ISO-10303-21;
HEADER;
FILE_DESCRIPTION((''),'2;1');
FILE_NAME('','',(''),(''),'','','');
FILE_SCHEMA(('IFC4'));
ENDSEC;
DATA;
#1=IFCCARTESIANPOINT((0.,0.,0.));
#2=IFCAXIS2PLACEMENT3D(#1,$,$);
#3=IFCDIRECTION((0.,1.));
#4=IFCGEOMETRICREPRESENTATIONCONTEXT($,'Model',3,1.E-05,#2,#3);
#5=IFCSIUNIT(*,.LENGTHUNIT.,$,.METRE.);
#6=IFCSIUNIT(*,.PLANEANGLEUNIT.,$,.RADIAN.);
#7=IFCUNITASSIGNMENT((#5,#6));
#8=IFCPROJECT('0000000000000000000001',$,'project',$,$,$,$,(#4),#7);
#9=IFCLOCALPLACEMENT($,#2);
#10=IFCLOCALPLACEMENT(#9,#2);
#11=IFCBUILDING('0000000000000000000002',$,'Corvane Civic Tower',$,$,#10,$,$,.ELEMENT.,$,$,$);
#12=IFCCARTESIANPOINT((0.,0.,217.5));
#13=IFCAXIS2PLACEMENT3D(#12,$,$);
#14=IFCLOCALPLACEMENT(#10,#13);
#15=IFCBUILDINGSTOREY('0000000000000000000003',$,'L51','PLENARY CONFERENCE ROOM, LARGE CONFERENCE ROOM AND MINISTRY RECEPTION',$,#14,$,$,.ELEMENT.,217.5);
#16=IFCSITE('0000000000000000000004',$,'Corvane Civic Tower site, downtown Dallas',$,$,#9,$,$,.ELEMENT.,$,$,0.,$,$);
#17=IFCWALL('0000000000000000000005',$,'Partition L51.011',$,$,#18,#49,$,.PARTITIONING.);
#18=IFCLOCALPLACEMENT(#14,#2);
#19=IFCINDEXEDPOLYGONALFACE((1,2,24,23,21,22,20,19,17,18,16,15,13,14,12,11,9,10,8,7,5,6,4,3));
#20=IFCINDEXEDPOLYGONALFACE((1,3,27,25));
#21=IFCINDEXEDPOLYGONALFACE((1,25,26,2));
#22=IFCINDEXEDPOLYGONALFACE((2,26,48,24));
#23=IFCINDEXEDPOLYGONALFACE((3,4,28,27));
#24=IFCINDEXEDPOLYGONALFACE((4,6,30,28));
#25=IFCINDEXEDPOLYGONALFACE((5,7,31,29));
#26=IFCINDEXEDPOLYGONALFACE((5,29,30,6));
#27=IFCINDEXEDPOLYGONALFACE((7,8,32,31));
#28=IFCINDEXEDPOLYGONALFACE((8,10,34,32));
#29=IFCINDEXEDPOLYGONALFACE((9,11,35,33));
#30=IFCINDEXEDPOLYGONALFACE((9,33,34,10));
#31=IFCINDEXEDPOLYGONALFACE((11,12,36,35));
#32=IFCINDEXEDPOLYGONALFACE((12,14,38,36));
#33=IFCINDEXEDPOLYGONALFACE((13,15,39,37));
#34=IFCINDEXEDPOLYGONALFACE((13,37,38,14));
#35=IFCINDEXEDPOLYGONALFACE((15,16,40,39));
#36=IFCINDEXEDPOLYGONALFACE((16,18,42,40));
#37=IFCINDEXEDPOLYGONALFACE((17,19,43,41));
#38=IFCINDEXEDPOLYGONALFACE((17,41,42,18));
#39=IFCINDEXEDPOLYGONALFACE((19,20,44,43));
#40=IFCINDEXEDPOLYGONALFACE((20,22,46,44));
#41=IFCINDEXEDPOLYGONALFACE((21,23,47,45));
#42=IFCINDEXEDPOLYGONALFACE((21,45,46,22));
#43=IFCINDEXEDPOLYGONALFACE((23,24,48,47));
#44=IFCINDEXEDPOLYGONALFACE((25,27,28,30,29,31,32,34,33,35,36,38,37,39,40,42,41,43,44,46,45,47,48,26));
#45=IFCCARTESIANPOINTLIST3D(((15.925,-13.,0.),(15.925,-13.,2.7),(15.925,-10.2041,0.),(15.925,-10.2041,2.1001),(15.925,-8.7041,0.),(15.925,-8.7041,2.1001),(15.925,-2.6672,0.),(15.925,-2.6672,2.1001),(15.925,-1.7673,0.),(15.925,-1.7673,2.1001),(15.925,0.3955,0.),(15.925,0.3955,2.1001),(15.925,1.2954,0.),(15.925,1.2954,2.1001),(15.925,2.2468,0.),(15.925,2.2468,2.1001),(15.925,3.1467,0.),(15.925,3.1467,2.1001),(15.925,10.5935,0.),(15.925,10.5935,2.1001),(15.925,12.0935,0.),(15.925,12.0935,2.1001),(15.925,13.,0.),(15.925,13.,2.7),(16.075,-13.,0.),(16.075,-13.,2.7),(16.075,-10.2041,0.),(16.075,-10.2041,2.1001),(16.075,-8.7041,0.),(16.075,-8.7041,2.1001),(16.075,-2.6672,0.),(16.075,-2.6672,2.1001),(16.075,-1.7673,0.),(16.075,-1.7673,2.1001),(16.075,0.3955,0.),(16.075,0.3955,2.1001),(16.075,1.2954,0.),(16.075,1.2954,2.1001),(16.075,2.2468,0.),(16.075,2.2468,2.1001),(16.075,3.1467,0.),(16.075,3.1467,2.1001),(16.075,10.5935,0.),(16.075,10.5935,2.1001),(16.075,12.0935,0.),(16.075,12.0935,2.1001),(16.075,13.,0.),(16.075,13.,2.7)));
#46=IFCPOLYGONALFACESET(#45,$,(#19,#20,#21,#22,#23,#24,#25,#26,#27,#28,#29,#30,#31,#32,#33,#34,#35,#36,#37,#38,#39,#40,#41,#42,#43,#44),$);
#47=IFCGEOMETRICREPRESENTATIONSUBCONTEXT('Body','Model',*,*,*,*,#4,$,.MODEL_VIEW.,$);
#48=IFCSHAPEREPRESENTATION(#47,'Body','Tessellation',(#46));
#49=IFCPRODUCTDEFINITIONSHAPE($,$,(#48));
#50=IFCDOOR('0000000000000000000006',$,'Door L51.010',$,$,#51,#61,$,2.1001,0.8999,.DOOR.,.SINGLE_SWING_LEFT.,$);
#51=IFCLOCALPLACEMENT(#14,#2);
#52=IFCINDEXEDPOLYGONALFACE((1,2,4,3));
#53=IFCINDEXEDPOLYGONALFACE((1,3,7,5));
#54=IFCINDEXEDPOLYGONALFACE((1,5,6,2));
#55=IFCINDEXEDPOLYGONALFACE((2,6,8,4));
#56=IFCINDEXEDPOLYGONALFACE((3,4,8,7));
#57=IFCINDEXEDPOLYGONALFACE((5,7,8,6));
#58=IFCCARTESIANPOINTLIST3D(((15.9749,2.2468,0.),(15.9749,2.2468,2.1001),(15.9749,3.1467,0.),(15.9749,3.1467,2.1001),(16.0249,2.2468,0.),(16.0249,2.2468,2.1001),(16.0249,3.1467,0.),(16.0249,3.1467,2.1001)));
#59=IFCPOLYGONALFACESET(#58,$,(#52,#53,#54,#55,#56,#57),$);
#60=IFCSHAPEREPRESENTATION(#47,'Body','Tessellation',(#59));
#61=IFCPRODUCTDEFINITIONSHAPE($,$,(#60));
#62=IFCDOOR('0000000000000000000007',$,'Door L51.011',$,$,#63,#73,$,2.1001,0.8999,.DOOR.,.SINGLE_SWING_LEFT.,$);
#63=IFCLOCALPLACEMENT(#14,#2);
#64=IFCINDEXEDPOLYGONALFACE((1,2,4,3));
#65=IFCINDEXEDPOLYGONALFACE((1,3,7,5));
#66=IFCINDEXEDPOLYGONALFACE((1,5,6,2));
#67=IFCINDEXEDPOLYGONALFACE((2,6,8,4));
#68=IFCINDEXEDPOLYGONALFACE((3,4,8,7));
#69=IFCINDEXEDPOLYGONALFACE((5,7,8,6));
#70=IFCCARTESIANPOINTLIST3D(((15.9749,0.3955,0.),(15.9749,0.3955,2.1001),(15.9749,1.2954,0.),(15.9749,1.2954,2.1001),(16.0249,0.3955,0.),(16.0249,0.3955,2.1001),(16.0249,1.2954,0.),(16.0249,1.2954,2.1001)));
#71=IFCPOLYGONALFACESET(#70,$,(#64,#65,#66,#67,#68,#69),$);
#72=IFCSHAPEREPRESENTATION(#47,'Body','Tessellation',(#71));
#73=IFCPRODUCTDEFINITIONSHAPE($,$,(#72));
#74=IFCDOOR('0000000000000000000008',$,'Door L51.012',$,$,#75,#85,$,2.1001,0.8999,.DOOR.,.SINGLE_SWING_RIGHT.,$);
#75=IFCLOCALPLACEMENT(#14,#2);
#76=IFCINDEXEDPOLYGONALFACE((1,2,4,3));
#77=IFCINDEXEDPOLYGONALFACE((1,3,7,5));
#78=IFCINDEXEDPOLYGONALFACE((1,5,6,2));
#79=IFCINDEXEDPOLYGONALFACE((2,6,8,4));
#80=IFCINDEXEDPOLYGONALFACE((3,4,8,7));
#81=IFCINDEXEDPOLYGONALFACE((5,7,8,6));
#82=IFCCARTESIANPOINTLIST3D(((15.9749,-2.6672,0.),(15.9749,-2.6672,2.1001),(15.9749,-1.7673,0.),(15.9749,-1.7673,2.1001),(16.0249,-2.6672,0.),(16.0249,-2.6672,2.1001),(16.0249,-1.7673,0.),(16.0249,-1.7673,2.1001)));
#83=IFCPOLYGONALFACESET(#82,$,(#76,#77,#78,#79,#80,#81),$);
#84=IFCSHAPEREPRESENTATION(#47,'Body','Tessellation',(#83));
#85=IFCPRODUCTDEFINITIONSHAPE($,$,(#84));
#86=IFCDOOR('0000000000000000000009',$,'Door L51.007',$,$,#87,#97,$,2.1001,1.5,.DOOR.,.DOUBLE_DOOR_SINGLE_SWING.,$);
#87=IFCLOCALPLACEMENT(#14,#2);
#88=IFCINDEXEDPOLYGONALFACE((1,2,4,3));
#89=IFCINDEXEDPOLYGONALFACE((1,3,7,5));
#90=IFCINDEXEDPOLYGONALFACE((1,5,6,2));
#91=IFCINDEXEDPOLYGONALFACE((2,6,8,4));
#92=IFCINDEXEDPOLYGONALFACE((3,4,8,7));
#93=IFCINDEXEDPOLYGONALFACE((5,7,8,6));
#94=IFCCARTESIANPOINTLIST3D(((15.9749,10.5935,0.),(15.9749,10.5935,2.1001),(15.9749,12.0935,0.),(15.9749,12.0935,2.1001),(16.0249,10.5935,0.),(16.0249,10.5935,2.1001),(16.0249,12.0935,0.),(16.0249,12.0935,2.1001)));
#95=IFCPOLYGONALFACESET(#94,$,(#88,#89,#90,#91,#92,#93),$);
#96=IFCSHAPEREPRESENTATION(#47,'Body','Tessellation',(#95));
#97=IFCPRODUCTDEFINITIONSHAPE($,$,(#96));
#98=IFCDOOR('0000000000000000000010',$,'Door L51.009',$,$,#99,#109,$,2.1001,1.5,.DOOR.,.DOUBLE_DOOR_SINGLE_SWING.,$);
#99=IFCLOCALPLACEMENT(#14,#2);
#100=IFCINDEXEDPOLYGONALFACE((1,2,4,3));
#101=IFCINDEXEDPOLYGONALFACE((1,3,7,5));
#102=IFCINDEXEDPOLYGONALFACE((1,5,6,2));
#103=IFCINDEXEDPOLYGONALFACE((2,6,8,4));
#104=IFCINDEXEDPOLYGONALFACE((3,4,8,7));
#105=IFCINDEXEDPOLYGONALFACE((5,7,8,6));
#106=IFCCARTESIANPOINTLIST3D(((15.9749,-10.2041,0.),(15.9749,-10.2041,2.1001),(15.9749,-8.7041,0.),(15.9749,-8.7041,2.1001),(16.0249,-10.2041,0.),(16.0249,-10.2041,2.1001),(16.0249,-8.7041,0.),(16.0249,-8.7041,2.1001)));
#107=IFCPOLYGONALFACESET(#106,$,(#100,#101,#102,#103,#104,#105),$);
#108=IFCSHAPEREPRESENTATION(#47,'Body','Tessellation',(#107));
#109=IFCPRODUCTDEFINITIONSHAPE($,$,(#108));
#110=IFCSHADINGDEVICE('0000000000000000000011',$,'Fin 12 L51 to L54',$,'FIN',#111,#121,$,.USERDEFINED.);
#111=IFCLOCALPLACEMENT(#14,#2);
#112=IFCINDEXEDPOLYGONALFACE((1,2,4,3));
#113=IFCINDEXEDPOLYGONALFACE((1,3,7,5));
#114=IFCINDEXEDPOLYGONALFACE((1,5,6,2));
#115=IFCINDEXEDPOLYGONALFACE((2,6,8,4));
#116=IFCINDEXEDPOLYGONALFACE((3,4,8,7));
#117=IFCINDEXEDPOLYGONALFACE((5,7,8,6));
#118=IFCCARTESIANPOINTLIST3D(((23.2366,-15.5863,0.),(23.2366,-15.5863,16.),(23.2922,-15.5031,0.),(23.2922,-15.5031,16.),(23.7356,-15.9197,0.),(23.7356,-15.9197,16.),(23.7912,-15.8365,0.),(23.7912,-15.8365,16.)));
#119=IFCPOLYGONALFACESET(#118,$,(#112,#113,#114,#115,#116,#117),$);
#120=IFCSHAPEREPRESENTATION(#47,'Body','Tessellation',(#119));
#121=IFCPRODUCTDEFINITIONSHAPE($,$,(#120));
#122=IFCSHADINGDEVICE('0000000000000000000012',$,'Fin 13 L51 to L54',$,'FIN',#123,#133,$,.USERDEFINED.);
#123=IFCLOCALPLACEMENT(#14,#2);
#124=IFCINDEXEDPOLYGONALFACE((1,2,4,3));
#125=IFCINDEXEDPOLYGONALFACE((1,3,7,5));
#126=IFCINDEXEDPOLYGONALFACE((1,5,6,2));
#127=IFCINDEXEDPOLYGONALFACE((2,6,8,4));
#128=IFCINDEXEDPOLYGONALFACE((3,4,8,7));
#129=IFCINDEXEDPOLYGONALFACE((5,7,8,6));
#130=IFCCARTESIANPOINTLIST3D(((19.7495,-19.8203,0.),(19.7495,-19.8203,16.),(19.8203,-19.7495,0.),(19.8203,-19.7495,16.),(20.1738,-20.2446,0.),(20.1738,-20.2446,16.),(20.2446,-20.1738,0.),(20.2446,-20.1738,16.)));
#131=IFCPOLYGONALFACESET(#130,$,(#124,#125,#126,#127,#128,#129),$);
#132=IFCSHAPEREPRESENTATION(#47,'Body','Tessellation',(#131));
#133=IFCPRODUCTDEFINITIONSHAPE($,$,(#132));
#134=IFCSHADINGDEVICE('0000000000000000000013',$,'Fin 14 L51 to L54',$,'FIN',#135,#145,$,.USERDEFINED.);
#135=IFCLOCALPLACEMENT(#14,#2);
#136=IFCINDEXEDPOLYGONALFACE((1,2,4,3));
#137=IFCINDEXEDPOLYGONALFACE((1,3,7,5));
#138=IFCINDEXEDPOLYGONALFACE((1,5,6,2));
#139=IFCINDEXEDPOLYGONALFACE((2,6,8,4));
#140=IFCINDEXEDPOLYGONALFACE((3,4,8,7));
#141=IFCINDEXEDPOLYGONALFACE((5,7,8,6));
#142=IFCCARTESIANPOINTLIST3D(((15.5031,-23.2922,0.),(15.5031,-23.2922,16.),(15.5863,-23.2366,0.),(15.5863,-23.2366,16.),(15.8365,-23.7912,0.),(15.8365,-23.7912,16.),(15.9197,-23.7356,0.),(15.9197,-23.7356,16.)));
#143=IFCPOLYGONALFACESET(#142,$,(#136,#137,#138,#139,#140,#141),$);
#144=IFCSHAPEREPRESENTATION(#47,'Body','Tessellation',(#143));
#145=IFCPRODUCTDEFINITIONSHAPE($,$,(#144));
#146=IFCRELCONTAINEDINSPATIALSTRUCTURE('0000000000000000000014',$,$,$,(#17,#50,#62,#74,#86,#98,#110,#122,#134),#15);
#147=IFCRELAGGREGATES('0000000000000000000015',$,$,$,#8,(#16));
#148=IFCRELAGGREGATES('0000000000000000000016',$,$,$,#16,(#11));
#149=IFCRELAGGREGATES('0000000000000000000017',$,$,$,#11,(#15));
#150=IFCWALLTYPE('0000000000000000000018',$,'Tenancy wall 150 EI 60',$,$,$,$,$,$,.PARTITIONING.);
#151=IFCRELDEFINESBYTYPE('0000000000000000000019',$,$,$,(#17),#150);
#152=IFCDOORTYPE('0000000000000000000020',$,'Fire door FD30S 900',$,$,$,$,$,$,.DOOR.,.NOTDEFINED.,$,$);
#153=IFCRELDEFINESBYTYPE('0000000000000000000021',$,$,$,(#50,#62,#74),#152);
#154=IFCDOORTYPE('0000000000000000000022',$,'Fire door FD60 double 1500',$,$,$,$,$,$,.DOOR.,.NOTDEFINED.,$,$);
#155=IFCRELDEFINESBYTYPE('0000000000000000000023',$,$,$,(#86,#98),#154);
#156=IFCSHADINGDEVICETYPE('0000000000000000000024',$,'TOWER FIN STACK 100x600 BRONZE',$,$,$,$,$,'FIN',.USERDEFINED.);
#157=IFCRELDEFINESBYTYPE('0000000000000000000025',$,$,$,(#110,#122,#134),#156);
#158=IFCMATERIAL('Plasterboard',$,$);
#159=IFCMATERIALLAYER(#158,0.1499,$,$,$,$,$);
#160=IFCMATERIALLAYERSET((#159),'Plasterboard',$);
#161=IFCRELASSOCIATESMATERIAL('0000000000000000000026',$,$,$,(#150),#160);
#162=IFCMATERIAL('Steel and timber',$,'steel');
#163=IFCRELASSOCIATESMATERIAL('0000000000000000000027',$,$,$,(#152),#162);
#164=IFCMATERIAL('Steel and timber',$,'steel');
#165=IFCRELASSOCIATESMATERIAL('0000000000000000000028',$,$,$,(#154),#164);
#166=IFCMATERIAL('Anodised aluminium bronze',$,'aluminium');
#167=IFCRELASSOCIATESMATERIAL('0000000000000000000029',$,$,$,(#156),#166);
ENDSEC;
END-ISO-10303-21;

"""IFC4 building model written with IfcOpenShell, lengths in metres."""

from ifc_helpers import new_model, si_unit, direction, frame, frame_2d, origin, origin_2d, place, context, subcontext, project, spatial, rectangle, extrude, material, layer, layer_set, material_profile, profile_set, type_object, element, fill, save


model = new_model("IFC4")

# Units and contexts
model_context = context("Model", 3, precision=1e-05, world=origin(), true_north=direction((0.0, 1.0)))
body_context = subcontext(model_context, "Body", "Model", "MODEL_VIEW")
ifc_project = project(units=[si_unit("LENGTHUNIT", "METRE"), si_unit("PLANEANGLEUNIT", "RADIAN")], contexts=[model_context])

# Site, building, storey
site_placement = place(None, origin())
site = spatial("IfcSite", under=ifc_project, at=site_placement, Name="Corvane Civic Tower site, downtown Dallas", CompositionType="ELEMENT", RefElevation=0.0)
building_placement = place(site_placement, origin())
building = spatial("IfcBuilding", under=site, at=building_placement, Name="Corvane Civic Tower", CompositionType="ELEMENT")
storey_placement = place(building_placement, frame((0.0, 0.0, 217.5)))
storey = spatial("IfcBuildingStorey", under=building, at=storey_placement, Name="L51", Description="PLENARY CONFERENCE ROOM, LARGE CONFERENCE ROOM AND MINISTRY RECEPTION", CompositionType="ELEMENT", Elevation=217.5)

# Shared definitions
ifc_material_1 = material(Name="Plasterboard")
ifc_layer_1 = layer(ifc_material_1, 0.1499)
ifc_layer_set_1 = layer_set([ifc_layer_1], Name="Plasterboard")
wall_type_1 = type_object("IfcWallType", Name="Tenancy wall 150 EI 60", PredefinedType="PARTITIONING", material=ifc_layer_set_1)

# Wall, openings, doors
wall_1_placement = place(storey_placement, frame((16.0, -13.0, 0.0), z_axis=(0.0, 0.0, 1.0), x_axis=(0.0, 1.0, 0.0)))
wall_1 = element("IfcWall", 1, at=wall_1_placement, inside=storey, type_object=wall_type_1, Name="Partition L51.011", PredefinedType="PARTITIONING", context=body_context, shape_type="SweptSolid", body=[
    extrude(rectangle(XDim=26.0, YDim=0.1499, at=frame_2d((13.0, 0.0))), origin(), (0.0, 0.0, 1.0), 2.7),
])
opening_1_placement = place(wall_1_placement, frame((23.5935, 0.0, 0.0)))
opening_1 = element("IfcOpeningElement", 2, at=opening_1_placement, cuts=wall_1, PredefinedType="OPENING", context=body_context, shape_type="SweptSolid", body=[
    extrude(rectangle(XDim=1.5, YDim=2.1001, at=frame_2d((0.75, 1.05))), frame((0.0, 0.085, 0.0), z_axis=(0.0, -1.0, 0.0), x_axis=(1.0, 0.0, 0.0)), (0.0, 0.0, 1.0), 0.1699),
])
opening_2_placement = place(wall_1_placement, frame((2.7959, 0.0, 0.0)))
opening_2 = element("IfcOpeningElement", 3, at=opening_2_placement, cuts=wall_1, PredefinedType="OPENING", context=body_context, shape_type="SweptSolid", body=[
    extrude(rectangle(XDim=1.5, YDim=2.1001, at=frame_2d((0.75, 1.05))), frame((0.0, 0.085, 0.0), z_axis=(0.0, -1.0, 0.0), x_axis=(1.0, 0.0, 0.0)), (0.0, 0.0, 1.0), 0.1699),
])
opening_3_placement = place(wall_1_placement, frame((15.2468, 0.0, 0.0)))
opening_3 = element("IfcOpeningElement", 4, at=opening_3_placement, cuts=wall_1, PredefinedType="OPENING", context=body_context, shape_type="SweptSolid", body=[
    extrude(rectangle(XDim=0.8999, YDim=2.1001, at=frame_2d((0.45, 1.05))), frame((0.0, 0.085, 0.0), z_axis=(0.0, -1.0, 0.0), x_axis=(1.0, 0.0, 0.0)), (0.0, 0.0, 1.0), 0.1699),
])
opening_4_placement = place(wall_1_placement, frame((13.3955, 0.0, 0.0)))
opening_4 = element("IfcOpeningElement", 5, at=opening_4_placement, cuts=wall_1, PredefinedType="OPENING", context=body_context, shape_type="SweptSolid", body=[
    extrude(rectangle(XDim=0.8999, YDim=2.1001, at=frame_2d((0.45, 1.05))), frame((0.0, 0.085, 0.0), z_axis=(0.0, -1.0, 0.0), x_axis=(1.0, 0.0, 0.0)), (0.0, 0.0, 1.0), 0.1699),
])
opening_5_placement = place(wall_1_placement, frame((10.3328, 0.0, 0.0)))
opening_5 = element("IfcOpeningElement", 6, at=opening_5_placement, cuts=wall_1, PredefinedType="OPENING", context=body_context, shape_type="SweptSolid", body=[
    extrude(rectangle(XDim=0.8999, YDim=2.1001, at=frame_2d((0.45, 1.05))), frame((0.0, 0.085, 0.0), z_axis=(0.0, -1.0, 0.0), x_axis=(1.0, 0.0, 0.0)), (0.0, 0.0, 1.0), 0.1699),
])
ifc_material_2 = material(Name="Steel and timber", Category="steel")
door_type_1 = type_object("IfcDoorType", Name="Fire door FD30S 900", OperationType="NOTDEFINED", PredefinedType="DOOR", material=ifc_material_2)
door_1_placement = place(opening_3_placement, frame((0.8999, 0.0, 0.0), z_axis=(0.0, 0.0, 1.0), x_axis=(-1.0, 0.0, 0.0)))
door_1 = element("IfcDoor", 7, at=door_1_placement, inside=storey, type_object=door_type_1, Name="Door L51.010", OperationType="SINGLE_SWING_LEFT", OverallHeight=2.1001, OverallWidth=0.8999, PredefinedType="DOOR", context=body_context, shape_type="SweptSolid", body=[
    extrude(rectangle(XDim=0.8999, YDim=2.1001, at=frame_2d((0.45, 1.05))), frame((0.0, 0.0249, 0.0), z_axis=(0.0, -1.0, 0.0), x_axis=(1.0, 0.0, 0.0)), (0.0, 0.0, 1.0), 0.05),
])
fill(opening_3, door_1)
door_2_placement = place(opening_4_placement, frame((0.8999, 0.0, 0.0), z_axis=(0.0, 0.0, 1.0), x_axis=(-1.0, 0.0, 0.0)))
door_2 = element("IfcDoor", 8, at=door_2_placement, inside=storey, type_object=door_type_1, Name="Door L51.011", OperationType="SINGLE_SWING_LEFT", OverallHeight=2.1001, OverallWidth=0.8999, PredefinedType="DOOR", context=body_context, shape_type="SweptSolid", body=[
    extrude(rectangle(XDim=0.8999, YDim=2.1001, at=frame_2d((0.45, 1.05))), frame((0.0, 0.0249, 0.0), z_axis=(0.0, -1.0, 0.0), x_axis=(1.0, 0.0, 0.0)), (0.0, 0.0, 1.0), 0.05),
])
fill(opening_4, door_2)
door_3_placement = place(opening_5_placement, frame((0.8999, 0.0, 0.0), z_axis=(0.0, 0.0, 1.0), x_axis=(-1.0, 0.0, 0.0)))
door_3 = element("IfcDoor", 9, at=door_3_placement, inside=storey, type_object=door_type_1, Name="Door L51.012", OperationType="SINGLE_SWING_RIGHT", OverallHeight=2.1001, OverallWidth=0.8999, PredefinedType="DOOR", context=body_context, shape_type="SweptSolid", body=[
    extrude(rectangle(XDim=0.8999, YDim=2.1001, at=frame_2d((0.45, 1.05))), frame((0.0, 0.0249, 0.0), z_axis=(0.0, -1.0, 0.0), x_axis=(1.0, 0.0, 0.0)), (0.0, 0.0, 1.0), 0.05),
])
fill(opening_5, door_3)
ifc_material_3 = material(Name="Steel and timber", Category="steel")
door_type_2 = type_object("IfcDoorType", Name="Fire door FD60 double 1500", OperationType="NOTDEFINED", PredefinedType="DOOR", material=ifc_material_3)
door_4_placement = place(opening_1_placement, frame((1.5, 0.0, 0.0), z_axis=(0.0, 0.0, 1.0), x_axis=(-1.0, 0.0, 0.0)))
door_4 = element("IfcDoor", 10, at=door_4_placement, inside=storey, type_object=door_type_2, Name="Door L51.007", OperationType="DOUBLE_DOOR_SINGLE_SWING", OverallHeight=2.1001, OverallWidth=1.5, PredefinedType="DOOR", context=body_context, shape_type="SweptSolid", body=[
    extrude(rectangle(XDim=1.5, YDim=2.1001, at=frame_2d((0.75, 1.05))), frame((0.0, 0.0249, 0.0), z_axis=(0.0, -1.0, 0.0), x_axis=(1.0, 0.0, 0.0)), (0.0, 0.0, 1.0), 0.05),
])
fill(opening_1, door_4)
door_5_placement = place(opening_2_placement, frame((1.5, 0.0, 0.0), z_axis=(0.0, 0.0, 1.0), x_axis=(-1.0, 0.0, 0.0)))
door_5 = element("IfcDoor", 11, at=door_5_placement, inside=storey, type_object=door_type_2, Name="Door L51.009", OperationType="DOUBLE_DOOR_SINGLE_SWING", OverallHeight=2.1001, OverallWidth=1.5, PredefinedType="DOOR", context=body_context, shape_type="SweptSolid", body=[
    extrude(rectangle(XDim=1.5, YDim=2.1001, at=frame_2d((0.75, 1.05))), frame((0.0, 0.0249, 0.0), z_axis=(0.0, -1.0, 0.0), x_axis=(1.0, 0.0, 0.0)), (0.0, 0.0, 1.0), 0.05),
])
fill(opening_2, door_5)

# Shading devices
ifc_material_4 = material(Name="Anodised aluminium bronze", Category="aluminium")
ifc_material_profile_1 = material_profile(ifc_material_4, rectangle(XDim=0.1001, YDim=0.6001, at=origin_2d()), Name="TOWER FIN STACK 100x600 BRONZE")
ifc_profile_set_1 = profile_set([ifc_material_profile_1], Name="Anodised aluminium bronze")
shading_device_type = type_object("IfcShadingDeviceType", Name="TOWER FIN STACK 100x600 BRONZE", ElementType="FIN", PredefinedType="USERDEFINED", material=ifc_profile_set_1)
for number, where, z_axis, x_axis, name in (
    (12, (23.5139, -15.7114, 0.0), (0.0, 0.0, 1.0), (-0.55557, -0.83147, 0.0), "Fin 12 L51 to L54"),
    (13, (19.9971, -19.9971, 0.0), (0.0, 0.0, 1.0), (-0.707107, -0.707107, 0.0), "Fin 13 L51 to L54"),
    (14, (15.7114, -23.5139, 0.0), (0.0, 0.0, 1.0), (-0.83147, -0.55557, 0.0), "Fin 14 L51 to L54"),
):
    element("IfcShadingDevice", number, at=place(storey_placement, frame(where, z_axis=z_axis, x_axis=x_axis)), inside=storey, type_object=shading_device_type, Name=name, ObjectType="FIN", PredefinedType="USERDEFINED", context=body_context, shape_type="SweptSolid", body=[
        extrude(rectangle(XDim=0.1001, YDim=0.6001, at=origin_2d()), origin(), (0.0, 0.0, 1.0), 16.0),
    ])

save(model, "model.ifc")
